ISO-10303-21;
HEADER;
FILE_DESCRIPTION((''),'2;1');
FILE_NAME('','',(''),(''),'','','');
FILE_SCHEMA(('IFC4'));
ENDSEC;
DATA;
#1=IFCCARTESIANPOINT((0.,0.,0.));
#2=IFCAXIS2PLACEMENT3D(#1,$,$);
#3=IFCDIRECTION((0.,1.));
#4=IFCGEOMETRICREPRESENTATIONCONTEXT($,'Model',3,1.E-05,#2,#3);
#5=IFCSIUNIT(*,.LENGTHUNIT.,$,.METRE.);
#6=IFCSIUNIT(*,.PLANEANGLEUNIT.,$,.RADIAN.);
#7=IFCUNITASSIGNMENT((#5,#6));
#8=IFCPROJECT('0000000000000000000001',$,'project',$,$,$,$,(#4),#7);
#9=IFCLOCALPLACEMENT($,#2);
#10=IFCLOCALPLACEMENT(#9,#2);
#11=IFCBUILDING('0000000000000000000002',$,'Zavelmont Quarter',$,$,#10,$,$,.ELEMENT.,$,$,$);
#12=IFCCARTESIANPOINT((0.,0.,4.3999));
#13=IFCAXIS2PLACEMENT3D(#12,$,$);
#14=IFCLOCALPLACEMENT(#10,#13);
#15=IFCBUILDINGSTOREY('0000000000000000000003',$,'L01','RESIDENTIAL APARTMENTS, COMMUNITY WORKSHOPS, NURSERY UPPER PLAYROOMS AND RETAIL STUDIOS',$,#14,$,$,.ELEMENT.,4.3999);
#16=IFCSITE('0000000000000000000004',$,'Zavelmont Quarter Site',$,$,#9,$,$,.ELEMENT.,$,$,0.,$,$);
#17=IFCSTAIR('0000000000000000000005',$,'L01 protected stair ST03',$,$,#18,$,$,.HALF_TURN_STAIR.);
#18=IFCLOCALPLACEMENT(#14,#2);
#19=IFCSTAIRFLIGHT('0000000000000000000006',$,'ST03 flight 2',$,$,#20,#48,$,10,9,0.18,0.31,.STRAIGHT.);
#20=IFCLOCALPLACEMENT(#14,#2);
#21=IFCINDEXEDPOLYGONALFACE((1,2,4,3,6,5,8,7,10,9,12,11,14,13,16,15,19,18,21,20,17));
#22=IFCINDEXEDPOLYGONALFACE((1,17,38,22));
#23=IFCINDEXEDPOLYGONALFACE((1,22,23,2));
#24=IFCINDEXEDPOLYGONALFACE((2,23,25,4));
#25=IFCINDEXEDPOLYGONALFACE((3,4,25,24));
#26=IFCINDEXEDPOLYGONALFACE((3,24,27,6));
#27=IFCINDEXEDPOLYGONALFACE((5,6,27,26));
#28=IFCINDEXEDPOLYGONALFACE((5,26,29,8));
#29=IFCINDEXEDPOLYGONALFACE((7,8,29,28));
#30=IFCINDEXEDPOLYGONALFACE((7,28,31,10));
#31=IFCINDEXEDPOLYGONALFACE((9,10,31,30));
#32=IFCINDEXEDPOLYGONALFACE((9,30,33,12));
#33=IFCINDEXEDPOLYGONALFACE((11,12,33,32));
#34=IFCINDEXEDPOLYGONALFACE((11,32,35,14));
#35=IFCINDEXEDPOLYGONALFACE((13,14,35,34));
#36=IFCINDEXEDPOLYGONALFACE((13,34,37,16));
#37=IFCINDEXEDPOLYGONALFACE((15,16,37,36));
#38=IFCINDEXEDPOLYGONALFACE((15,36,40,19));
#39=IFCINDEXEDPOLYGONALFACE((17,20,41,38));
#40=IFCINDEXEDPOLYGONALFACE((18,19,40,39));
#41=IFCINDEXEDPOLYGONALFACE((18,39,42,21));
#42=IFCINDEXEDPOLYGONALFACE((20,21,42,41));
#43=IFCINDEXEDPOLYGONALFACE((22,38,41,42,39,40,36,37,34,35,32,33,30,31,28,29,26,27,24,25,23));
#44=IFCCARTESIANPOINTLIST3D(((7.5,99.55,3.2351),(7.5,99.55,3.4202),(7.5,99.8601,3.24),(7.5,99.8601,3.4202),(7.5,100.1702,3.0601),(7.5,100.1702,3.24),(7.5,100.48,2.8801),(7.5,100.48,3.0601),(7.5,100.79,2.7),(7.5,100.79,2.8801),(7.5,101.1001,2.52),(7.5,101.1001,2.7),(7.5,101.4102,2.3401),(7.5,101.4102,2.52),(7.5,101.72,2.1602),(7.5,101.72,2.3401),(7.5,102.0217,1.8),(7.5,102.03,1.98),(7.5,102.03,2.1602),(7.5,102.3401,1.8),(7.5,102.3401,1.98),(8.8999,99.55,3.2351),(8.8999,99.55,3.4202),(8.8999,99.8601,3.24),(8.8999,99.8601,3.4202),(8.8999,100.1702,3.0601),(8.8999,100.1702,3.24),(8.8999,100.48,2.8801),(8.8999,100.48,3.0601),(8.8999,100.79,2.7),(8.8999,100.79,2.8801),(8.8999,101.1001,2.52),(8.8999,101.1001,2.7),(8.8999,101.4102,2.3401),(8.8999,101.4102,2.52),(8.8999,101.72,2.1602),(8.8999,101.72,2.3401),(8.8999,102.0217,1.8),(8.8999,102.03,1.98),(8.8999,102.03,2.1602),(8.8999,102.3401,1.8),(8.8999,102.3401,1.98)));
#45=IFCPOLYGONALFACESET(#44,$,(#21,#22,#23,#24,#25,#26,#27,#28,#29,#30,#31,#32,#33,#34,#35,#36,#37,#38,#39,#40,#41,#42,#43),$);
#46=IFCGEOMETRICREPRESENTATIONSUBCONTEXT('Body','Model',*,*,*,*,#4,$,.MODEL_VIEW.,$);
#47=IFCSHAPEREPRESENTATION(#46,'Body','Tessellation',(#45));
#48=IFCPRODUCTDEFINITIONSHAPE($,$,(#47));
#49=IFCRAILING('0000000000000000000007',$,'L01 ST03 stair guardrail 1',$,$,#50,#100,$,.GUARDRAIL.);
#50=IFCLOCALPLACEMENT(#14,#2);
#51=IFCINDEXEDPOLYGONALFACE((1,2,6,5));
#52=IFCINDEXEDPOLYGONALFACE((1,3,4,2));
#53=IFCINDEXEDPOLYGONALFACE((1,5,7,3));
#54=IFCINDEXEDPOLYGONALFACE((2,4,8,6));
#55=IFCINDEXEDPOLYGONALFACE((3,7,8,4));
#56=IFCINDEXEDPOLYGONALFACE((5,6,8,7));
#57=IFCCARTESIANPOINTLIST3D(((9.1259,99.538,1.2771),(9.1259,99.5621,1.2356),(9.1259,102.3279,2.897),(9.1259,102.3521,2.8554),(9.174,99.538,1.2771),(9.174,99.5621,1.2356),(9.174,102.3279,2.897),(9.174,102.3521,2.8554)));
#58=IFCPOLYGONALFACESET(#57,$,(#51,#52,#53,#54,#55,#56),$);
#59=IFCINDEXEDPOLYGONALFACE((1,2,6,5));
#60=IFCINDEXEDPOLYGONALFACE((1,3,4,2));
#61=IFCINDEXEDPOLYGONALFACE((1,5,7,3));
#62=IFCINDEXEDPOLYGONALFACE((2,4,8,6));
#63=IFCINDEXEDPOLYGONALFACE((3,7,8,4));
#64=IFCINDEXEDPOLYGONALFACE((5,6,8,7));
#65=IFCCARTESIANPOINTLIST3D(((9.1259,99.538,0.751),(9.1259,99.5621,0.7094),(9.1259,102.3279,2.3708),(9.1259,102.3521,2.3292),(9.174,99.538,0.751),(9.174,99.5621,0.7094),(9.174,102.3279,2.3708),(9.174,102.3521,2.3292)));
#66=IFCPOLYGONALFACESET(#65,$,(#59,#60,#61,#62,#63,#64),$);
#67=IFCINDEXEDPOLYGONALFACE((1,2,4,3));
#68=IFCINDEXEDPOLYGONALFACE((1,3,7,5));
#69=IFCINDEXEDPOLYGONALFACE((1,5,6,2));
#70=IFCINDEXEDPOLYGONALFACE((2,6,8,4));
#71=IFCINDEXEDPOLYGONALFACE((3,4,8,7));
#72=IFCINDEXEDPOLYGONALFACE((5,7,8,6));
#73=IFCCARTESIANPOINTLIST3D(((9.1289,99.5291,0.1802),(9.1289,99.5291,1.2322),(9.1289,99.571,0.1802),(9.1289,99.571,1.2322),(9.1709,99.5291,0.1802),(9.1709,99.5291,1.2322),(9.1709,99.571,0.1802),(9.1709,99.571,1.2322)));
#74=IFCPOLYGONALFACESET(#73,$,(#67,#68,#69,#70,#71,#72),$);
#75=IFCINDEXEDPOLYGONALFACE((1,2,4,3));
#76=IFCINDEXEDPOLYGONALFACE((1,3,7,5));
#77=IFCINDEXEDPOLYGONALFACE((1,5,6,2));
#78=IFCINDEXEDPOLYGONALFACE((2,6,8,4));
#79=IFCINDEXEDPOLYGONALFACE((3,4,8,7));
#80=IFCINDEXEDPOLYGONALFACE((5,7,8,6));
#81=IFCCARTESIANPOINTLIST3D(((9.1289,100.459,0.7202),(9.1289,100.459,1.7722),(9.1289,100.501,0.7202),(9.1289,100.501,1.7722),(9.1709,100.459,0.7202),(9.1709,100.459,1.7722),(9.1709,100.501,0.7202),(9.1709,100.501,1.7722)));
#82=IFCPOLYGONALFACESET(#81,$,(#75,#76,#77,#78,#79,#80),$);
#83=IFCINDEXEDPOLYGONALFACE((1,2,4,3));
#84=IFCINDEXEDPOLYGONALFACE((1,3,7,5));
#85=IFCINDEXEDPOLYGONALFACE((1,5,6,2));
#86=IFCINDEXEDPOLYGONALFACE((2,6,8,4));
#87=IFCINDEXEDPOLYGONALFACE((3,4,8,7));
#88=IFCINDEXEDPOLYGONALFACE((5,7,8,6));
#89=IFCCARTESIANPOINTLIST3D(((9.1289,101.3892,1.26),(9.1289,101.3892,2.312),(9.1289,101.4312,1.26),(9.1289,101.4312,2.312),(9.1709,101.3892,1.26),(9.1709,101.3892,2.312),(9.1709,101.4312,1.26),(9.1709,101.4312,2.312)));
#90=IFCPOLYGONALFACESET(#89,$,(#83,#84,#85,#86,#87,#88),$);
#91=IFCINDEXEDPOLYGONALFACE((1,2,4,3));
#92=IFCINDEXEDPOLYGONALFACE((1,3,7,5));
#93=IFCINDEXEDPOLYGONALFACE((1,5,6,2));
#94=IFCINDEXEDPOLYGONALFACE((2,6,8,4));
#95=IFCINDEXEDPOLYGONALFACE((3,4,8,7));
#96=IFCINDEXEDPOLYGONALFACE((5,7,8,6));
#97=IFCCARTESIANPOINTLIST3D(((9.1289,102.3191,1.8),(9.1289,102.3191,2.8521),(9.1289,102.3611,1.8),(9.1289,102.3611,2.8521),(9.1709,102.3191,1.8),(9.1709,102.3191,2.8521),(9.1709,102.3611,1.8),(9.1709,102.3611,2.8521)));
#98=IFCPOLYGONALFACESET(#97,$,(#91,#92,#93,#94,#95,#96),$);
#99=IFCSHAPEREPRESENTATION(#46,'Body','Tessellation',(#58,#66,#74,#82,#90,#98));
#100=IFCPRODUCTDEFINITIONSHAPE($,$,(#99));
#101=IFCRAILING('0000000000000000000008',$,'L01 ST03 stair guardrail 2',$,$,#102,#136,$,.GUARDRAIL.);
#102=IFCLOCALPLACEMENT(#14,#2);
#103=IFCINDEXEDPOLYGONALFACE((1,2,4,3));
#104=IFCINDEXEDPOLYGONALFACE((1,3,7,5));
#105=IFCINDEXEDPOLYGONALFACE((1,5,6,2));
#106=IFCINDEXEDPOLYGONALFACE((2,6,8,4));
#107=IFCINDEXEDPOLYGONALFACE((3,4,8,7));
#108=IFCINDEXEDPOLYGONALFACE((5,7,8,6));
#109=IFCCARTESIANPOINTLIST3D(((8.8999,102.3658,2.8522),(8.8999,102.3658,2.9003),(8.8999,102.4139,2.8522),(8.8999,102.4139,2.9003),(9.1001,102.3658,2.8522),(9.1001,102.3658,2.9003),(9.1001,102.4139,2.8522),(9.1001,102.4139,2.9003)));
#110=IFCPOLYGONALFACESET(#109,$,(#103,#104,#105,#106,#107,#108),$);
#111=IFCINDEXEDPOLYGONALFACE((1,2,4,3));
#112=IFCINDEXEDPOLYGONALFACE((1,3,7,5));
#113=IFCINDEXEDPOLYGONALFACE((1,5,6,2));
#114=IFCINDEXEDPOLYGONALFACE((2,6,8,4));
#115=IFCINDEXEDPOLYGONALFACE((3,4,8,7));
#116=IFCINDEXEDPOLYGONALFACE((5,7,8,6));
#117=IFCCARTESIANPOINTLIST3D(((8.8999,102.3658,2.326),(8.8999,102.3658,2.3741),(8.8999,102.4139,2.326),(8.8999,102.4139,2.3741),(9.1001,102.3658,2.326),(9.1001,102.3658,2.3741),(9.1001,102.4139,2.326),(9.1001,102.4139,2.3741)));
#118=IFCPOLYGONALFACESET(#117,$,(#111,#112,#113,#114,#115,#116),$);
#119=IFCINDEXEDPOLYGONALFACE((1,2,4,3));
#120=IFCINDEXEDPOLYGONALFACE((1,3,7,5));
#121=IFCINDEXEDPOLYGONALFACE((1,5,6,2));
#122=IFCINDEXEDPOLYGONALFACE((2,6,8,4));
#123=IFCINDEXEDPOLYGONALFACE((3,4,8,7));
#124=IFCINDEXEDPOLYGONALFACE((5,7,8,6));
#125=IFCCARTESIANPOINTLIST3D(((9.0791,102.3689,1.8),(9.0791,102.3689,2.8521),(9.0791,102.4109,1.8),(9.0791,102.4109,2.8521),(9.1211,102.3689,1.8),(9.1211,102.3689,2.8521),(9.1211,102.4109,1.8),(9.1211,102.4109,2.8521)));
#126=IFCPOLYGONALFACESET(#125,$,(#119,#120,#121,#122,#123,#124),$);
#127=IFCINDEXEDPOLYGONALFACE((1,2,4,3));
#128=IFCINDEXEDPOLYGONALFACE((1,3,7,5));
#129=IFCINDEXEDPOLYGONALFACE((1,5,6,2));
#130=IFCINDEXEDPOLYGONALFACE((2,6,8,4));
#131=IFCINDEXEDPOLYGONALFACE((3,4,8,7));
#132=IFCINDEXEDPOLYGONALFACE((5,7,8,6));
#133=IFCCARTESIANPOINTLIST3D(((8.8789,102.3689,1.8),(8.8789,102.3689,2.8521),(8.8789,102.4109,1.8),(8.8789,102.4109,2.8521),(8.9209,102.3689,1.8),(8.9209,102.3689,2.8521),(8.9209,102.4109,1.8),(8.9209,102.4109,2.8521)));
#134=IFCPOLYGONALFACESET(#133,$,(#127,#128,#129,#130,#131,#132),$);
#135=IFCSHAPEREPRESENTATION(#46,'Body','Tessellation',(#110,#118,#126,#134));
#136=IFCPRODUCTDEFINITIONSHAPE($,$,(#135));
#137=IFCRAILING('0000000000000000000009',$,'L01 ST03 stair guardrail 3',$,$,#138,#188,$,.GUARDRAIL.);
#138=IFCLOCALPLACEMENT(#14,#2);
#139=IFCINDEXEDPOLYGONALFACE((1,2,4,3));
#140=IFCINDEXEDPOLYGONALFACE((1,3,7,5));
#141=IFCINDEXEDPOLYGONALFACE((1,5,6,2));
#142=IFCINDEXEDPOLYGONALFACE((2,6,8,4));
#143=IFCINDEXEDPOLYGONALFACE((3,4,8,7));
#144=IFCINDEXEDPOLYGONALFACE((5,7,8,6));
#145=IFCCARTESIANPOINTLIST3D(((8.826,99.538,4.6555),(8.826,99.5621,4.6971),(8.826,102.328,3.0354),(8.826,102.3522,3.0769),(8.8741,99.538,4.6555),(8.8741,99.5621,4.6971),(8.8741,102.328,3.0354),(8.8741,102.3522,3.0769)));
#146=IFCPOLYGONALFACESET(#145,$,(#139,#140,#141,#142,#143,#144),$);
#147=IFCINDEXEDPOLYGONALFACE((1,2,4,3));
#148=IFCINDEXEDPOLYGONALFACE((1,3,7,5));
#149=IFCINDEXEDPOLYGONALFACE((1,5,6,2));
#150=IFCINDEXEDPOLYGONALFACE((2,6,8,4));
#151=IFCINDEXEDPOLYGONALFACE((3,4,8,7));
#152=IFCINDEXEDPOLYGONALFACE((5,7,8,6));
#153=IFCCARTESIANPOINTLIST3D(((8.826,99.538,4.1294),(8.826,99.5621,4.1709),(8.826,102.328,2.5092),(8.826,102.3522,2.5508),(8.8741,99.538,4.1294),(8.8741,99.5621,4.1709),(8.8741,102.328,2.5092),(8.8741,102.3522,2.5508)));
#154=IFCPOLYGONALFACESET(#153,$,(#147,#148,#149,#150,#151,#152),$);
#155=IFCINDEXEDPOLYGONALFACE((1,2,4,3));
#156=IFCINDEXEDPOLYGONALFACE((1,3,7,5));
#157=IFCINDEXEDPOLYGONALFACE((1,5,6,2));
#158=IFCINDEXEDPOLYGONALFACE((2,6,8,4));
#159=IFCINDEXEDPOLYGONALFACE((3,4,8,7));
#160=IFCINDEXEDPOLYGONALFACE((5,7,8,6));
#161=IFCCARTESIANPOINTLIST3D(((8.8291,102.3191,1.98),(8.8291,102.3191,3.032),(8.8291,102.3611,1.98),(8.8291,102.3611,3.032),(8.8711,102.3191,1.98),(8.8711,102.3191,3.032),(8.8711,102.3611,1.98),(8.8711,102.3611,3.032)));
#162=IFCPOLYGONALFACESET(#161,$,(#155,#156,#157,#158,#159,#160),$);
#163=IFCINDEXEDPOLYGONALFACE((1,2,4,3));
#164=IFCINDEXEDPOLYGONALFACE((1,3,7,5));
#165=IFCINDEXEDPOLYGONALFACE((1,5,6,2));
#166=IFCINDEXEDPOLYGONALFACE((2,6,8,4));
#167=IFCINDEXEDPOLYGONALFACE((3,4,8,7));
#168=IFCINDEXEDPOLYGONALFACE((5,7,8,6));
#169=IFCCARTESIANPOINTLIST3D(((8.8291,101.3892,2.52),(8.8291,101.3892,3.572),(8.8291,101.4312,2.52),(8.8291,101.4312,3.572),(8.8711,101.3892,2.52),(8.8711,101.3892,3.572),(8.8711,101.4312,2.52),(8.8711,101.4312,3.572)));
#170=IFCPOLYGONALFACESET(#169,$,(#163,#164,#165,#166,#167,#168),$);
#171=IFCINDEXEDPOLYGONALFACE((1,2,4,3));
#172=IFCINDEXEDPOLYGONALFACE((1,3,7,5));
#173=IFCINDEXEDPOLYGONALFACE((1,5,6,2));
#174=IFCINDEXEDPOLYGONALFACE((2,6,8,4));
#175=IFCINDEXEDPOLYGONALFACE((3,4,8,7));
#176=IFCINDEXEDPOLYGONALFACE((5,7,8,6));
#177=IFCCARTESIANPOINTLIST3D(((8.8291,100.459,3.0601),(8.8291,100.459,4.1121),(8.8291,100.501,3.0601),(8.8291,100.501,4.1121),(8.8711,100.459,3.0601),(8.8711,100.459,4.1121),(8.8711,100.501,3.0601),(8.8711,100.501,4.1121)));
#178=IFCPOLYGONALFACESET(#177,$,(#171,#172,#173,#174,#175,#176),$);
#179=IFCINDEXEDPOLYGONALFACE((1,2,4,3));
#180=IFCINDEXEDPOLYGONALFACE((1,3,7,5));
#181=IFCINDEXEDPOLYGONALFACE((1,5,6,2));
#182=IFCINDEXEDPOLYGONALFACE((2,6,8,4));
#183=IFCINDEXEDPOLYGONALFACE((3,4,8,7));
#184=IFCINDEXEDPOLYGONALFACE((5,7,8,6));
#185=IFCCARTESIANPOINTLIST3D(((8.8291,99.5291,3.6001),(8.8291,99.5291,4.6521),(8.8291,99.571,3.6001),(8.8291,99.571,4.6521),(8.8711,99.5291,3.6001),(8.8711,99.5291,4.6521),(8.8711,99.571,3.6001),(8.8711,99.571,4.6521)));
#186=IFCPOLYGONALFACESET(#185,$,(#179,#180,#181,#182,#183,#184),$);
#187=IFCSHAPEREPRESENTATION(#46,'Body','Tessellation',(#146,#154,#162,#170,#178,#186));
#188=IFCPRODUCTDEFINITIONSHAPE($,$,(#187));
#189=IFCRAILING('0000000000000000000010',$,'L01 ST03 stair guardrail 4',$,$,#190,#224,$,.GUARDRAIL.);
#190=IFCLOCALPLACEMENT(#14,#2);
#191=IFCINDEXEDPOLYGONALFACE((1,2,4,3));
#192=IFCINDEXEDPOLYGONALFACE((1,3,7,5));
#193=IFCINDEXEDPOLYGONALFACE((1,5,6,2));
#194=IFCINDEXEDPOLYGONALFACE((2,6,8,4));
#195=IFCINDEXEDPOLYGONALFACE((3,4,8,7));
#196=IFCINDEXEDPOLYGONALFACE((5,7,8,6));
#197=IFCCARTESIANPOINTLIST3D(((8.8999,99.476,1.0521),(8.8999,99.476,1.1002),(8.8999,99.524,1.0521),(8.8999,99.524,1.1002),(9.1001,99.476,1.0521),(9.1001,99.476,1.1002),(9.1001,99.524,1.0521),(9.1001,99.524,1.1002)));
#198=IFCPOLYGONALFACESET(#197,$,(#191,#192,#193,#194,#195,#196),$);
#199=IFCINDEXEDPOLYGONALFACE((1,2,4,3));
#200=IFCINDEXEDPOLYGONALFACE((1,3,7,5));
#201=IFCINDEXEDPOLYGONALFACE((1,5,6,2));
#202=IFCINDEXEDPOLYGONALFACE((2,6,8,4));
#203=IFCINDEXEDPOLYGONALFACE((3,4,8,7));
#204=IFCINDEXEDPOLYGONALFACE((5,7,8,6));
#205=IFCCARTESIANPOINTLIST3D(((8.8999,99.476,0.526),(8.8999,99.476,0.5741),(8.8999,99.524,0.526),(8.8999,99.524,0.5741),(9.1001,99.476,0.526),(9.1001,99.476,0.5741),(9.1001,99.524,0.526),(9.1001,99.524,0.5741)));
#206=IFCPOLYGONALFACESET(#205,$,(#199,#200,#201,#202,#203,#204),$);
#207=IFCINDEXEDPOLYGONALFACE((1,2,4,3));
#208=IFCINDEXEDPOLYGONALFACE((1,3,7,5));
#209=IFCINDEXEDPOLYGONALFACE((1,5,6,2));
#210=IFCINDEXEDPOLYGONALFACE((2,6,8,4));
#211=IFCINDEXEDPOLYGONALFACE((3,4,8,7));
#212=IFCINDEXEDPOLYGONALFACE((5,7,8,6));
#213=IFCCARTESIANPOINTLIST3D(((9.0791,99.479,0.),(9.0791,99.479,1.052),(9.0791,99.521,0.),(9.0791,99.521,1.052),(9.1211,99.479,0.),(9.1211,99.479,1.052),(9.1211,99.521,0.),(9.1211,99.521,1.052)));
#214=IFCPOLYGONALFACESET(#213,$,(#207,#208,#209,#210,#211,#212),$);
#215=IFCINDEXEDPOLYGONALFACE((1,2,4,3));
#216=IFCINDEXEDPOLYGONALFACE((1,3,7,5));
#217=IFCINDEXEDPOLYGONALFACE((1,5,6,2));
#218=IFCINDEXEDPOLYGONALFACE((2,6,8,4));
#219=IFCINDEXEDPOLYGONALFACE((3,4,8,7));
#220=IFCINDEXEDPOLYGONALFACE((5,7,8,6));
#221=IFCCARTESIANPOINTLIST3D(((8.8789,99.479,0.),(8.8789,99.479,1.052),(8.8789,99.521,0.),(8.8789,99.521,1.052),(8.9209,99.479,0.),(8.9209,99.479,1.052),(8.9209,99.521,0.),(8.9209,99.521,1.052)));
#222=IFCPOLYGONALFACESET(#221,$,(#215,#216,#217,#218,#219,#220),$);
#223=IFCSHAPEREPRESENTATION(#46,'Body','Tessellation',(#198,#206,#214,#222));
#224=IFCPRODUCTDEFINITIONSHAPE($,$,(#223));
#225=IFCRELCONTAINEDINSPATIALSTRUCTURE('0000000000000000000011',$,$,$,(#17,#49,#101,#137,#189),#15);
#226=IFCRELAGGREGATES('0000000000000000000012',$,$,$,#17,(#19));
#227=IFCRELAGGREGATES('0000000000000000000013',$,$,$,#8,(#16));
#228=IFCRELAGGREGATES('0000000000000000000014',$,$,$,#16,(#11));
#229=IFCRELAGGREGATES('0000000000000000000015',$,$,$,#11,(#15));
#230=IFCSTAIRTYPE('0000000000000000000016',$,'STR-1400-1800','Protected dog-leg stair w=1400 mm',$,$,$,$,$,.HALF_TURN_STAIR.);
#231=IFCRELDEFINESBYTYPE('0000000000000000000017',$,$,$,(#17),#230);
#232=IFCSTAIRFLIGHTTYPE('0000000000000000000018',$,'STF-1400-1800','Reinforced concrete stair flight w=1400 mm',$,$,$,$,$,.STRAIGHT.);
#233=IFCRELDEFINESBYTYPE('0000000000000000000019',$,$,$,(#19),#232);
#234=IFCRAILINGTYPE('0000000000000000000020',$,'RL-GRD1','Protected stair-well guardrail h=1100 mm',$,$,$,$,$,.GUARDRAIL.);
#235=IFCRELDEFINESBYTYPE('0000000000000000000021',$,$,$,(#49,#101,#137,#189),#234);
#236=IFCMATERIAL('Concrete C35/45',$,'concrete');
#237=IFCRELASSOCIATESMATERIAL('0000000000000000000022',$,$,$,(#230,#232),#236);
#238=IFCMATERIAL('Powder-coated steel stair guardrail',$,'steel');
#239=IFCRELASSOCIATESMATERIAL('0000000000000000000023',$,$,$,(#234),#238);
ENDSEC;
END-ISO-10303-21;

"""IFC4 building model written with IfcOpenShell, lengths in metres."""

from ifc_helpers import new_model, si_unit, direction, frame, origin, origin_2d, place, context, subcontext, project, spatial, polyline, rectangle, outline, extrude, material, type_object, element, aggregate, save


model = new_model("IFC4")

# Units and contexts
model_context = context("Model", 3, precision=1e-05, world=origin(), true_north=direction((0.0, 1.0)))
body_context = subcontext(model_context, "Body", "Model", "MODEL_VIEW")
ifc_project = project(units=[si_unit("LENGTHUNIT", "METRE"), si_unit("PLANEANGLEUNIT", "RADIAN")], contexts=[model_context])

# Site, building, storey
site_placement = place(None, origin())
site = spatial("IfcSite", under=ifc_project, at=site_placement, Name="Zavelmont Quarter Site", CompositionType="ELEMENT", RefElevation=0.0)
building_placement = place(site_placement, origin())
building = spatial("IfcBuilding", under=site, at=building_placement, Name="Zavelmont Quarter", CompositionType="ELEMENT")
storey_placement = place(building_placement, frame((0.0, 0.0, 4.3999)))
storey = spatial("IfcBuildingStorey", under=building, at=storey_placement, Name="L01", Description="RESIDENTIAL APARTMENTS, COMMUNITY WORKSHOPS, NURSERY UPPER PLAYROOMS AND RETAIL STUDIOS", CompositionType="ELEMENT", Elevation=4.3999)

# Stair, stair flight
ifc_material_1 = material(Name="Concrete C35/45", Category="concrete")
stair_type = type_object("IfcStairType", Name="STR-1400-1800", Description="Protected dog-leg stair w=1400 mm", PredefinedType="HALF_TURN_STAIR", material=ifc_material_1)
stair_placement = place(storey_placement, origin())
stair = element("IfcStair", 1, at=stair_placement, inside=storey, type_object=stair_type, Name="L01 protected stair ST03", PredefinedType="HALF_TURN_STAIR")
stair_flight_type = type_object("IfcStairFlightType", Name="STF-1400-1800", Description="Reinforced concrete stair flight w=1400 mm", PredefinedType="STRAIGHT", material=ifc_material_1)
stair_flight_1_placement = place(storey_placement, frame((8.2, 102.3401, 1.8), z_axis=(0.0, 0.0, 1.0), x_axis=(0.0, -1.0, 0.0)))
stair_flight_1 = element("IfcStairFlight", 2, at=stair_flight_1_placement, type_object=stair_flight_type, Name="ST03 flight 2", NumberOfRisers=10, NumberOfTreads=9, PredefinedType="STRAIGHT", RiserHeight=0.18, TreadLength=0.31, context=body_context, shape_type="SweptSolid", body=[
    extrude(outline(polyline([(0.0, 0.0), (0.0, 0.1799), (0.3101, 0.1799), (0.3101, 0.3601), (0.6201, 0.3601), (0.6201, 0.54), (0.9299, 0.54), (0.9299, 0.72), (1.24, 0.72), (1.24, 0.8999), (1.55, 0.8999), (1.55, 1.0801), (1.8601, 1.0801), (1.8601, 1.26), (2.1699, 1.26), (2.1699, 1.4399), (2.48, 1.4399), (2.48, 1.6201), (2.79, 1.6201), (2.79, 1.8), (2.79, 1.4351), (0.3184, 0.0), (0.0, 0.0)])), frame((0.0, 0.7, 0.0), z_axis=(0.0, -1.0, 0.0), x_axis=(1.0, 0.0, 0.0)), (0.0, 0.0, 1.0), 1.3999),
])
aggregate(stair, [stair_flight_1])

# Railings
ifc_material_2 = material(Name="Powder-coated steel stair guardrail", Category="steel")
railing_type_1 = type_object("IfcRailingType", Name="RL-GRD1", Description="Protected stair-well guardrail h=1100 mm", PredefinedType="GUARDRAIL", material=ifc_material_2)
railing_1_placement = place(storey_placement, frame((9.1499, 99.55, 0.1802)))
element("IfcRailing", 3, at=railing_1_placement, inside=storey, type_object=railing_type_1, Name="L01 ST03 stair guardrail 1", PredefinedType="GUARDRAIL", context=body_context, shape_type="SweptSolid", body=[
    extrude(rectangle(XDim=0.0481, YDim=0.0481, at=origin_2d()), frame((0.0, 0.0, 1.0762), z_axis=(0.0, 0.864809, 0.502101), x_axis=(-1.0, 0.0, 0.0)), (0.0, 0.0, 1.0), 3.2261),
    extrude(rectangle(XDim=0.0481, YDim=0.0481, at=origin_2d()), frame((0.0, 0.0, 0.55), z_axis=(0.0, 0.864809, 0.502101), x_axis=(-1.0, 0.0, 0.0)), (0.0, 0.0, 1.0), 3.2261),
    extrude(rectangle(XDim=0.042, YDim=0.042, at=origin_2d()), origin(), (0.0, 0.0, 1.0), 1.052),
    extrude(rectangle(XDim=0.042, YDim=0.042, at=origin_2d()), frame((0.0, 0.9299, 0.54)), (0.0, 0.0, 1.0), 1.052),
    extrude(rectangle(XDim=0.042, YDim=0.042, at=origin_2d()), frame((0.0, 1.8601, 1.0798)), (0.0, 0.0, 1.0), 1.052),
    extrude(rectangle(XDim=0.042, YDim=0.042, at=origin_2d()), frame((0.0, 2.79, 1.6199)), (0.0, 0.0, 1.0), 1.052),
])
railing_2_placement = place(storey_placement, frame((9.1001, 102.3899, 1.8)))
element("IfcRailing", 4, at=railing_2_placement, inside=storey, type_object=railing_type_1, Name="L01 ST03 stair guardrail 2", PredefinedType="GUARDRAIL", context=body_context, shape_type="SweptSolid", body=[
    extrude(rectangle(XDim=0.0481, YDim=0.0481, at=origin_2d()), frame((0.0, 0.0, 1.0762), z_axis=(-1.0, 0.0, 0.0), x_axis=(0.0, -1.0, 0.0)), (0.0, 0.0, 1.0), 0.2002),
    extrude(rectangle(XDim=0.0481, YDim=0.0481, at=origin_2d()), frame((0.0, 0.0, 0.55), z_axis=(-1.0, 0.0, 0.0), x_axis=(0.0, -1.0, 0.0)), (0.0, 0.0, 1.0), 0.2002),
    extrude(rectangle(XDim=0.042, YDim=0.042, at=origin_2d()), origin(), (0.0, 0.0, 1.0), 1.052),
    extrude(rectangle(XDim=0.042, YDim=0.042, at=origin_2d()), frame((-0.2002, 0.0, 0.0)), (0.0, 0.0, 1.0), 1.052),
])
railing_3_placement = place(storey_placement, frame((8.8501, 102.3401, 1.98)))
element("IfcRailing", 5, at=railing_3_placement, inside=storey, type_object=railing_type_1, Name="L01 ST03 stair guardrail 3", PredefinedType="GUARDRAIL", context=body_context, shape_type="SweptSolid", body=[
    extrude(rectangle(XDim=0.0481, YDim=0.0481, at=origin_2d()), frame((0.0, 0.0, 1.0762), z_axis=(0.0, -0.864776, 0.502157), x_axis=(1.0, 0.0, 0.0)), (0.0, 0.0, 1.0), 3.2263),
    extrude(rectangle(XDim=0.0481, YDim=0.0481, at=origin_2d()), frame((0.0, 0.0, 0.55), z_axis=(0.0, -0.864776, 0.502157), x_axis=(1.0, 0.0, 0.0)), (0.0, 0.0, 1.0), 3.2263),
    extrude(rectangle(XDim=0.042, YDim=0.042, at=origin_2d()), origin(), (0.0, 0.0, 1.0), 1.052),
    extrude(rectangle(XDim=0.042, YDim=0.042, at=origin_2d()), frame((0.0, -0.9299, 0.54)), (0.0, 0.0, 1.0), 1.052),
    extrude(rectangle(XDim=0.042, YDim=0.042, at=origin_2d()), frame((0.0, -1.8601, 1.0801)), (0.0, 0.0, 1.0), 1.052),
    extrude(rectangle(XDim=0.042, YDim=0.042, at=origin_2d()), frame((0.0, -2.79, 1.6201)), (0.0, 0.0, 1.0), 1.052),
])
railing_4_placement = place(storey_placement, frame((9.1001, 99.5, 0.0)))
element("IfcRailing", 6, at=railing_4_placement, inside=storey, type_object=railing_type_1, Name="L01 ST03 stair guardrail 4", PredefinedType="GUARDRAIL", context=body_context, shape_type="SweptSolid", body=[
    extrude(rectangle(XDim=0.0481, YDim=0.0481, at=origin_2d()), frame((0.0, 0.0, 1.0762), z_axis=(-1.0, 0.0, 0.0), x_axis=(0.0, -1.0, 0.0)), (0.0, 0.0, 1.0), 0.2002),
    extrude(rectangle(XDim=0.0481, YDim=0.0481, at=origin_2d()), frame((0.0, 0.0, 0.55), z_axis=(-1.0, 0.0, 0.0), x_axis=(0.0, -1.0, 0.0)), (0.0, 0.0, 1.0), 0.2002),
    extrude(rectangle(XDim=0.042, YDim=0.042, at=origin_2d()), origin(), (0.0, 0.0, 1.0), 1.052),
    extrude(rectangle(XDim=0.042, YDim=0.042, at=origin_2d()), frame((-0.2002, 0.0, 0.0)), (0.0, 0.0, 1.0), 1.052),
])

save(model, "model.ifc")
